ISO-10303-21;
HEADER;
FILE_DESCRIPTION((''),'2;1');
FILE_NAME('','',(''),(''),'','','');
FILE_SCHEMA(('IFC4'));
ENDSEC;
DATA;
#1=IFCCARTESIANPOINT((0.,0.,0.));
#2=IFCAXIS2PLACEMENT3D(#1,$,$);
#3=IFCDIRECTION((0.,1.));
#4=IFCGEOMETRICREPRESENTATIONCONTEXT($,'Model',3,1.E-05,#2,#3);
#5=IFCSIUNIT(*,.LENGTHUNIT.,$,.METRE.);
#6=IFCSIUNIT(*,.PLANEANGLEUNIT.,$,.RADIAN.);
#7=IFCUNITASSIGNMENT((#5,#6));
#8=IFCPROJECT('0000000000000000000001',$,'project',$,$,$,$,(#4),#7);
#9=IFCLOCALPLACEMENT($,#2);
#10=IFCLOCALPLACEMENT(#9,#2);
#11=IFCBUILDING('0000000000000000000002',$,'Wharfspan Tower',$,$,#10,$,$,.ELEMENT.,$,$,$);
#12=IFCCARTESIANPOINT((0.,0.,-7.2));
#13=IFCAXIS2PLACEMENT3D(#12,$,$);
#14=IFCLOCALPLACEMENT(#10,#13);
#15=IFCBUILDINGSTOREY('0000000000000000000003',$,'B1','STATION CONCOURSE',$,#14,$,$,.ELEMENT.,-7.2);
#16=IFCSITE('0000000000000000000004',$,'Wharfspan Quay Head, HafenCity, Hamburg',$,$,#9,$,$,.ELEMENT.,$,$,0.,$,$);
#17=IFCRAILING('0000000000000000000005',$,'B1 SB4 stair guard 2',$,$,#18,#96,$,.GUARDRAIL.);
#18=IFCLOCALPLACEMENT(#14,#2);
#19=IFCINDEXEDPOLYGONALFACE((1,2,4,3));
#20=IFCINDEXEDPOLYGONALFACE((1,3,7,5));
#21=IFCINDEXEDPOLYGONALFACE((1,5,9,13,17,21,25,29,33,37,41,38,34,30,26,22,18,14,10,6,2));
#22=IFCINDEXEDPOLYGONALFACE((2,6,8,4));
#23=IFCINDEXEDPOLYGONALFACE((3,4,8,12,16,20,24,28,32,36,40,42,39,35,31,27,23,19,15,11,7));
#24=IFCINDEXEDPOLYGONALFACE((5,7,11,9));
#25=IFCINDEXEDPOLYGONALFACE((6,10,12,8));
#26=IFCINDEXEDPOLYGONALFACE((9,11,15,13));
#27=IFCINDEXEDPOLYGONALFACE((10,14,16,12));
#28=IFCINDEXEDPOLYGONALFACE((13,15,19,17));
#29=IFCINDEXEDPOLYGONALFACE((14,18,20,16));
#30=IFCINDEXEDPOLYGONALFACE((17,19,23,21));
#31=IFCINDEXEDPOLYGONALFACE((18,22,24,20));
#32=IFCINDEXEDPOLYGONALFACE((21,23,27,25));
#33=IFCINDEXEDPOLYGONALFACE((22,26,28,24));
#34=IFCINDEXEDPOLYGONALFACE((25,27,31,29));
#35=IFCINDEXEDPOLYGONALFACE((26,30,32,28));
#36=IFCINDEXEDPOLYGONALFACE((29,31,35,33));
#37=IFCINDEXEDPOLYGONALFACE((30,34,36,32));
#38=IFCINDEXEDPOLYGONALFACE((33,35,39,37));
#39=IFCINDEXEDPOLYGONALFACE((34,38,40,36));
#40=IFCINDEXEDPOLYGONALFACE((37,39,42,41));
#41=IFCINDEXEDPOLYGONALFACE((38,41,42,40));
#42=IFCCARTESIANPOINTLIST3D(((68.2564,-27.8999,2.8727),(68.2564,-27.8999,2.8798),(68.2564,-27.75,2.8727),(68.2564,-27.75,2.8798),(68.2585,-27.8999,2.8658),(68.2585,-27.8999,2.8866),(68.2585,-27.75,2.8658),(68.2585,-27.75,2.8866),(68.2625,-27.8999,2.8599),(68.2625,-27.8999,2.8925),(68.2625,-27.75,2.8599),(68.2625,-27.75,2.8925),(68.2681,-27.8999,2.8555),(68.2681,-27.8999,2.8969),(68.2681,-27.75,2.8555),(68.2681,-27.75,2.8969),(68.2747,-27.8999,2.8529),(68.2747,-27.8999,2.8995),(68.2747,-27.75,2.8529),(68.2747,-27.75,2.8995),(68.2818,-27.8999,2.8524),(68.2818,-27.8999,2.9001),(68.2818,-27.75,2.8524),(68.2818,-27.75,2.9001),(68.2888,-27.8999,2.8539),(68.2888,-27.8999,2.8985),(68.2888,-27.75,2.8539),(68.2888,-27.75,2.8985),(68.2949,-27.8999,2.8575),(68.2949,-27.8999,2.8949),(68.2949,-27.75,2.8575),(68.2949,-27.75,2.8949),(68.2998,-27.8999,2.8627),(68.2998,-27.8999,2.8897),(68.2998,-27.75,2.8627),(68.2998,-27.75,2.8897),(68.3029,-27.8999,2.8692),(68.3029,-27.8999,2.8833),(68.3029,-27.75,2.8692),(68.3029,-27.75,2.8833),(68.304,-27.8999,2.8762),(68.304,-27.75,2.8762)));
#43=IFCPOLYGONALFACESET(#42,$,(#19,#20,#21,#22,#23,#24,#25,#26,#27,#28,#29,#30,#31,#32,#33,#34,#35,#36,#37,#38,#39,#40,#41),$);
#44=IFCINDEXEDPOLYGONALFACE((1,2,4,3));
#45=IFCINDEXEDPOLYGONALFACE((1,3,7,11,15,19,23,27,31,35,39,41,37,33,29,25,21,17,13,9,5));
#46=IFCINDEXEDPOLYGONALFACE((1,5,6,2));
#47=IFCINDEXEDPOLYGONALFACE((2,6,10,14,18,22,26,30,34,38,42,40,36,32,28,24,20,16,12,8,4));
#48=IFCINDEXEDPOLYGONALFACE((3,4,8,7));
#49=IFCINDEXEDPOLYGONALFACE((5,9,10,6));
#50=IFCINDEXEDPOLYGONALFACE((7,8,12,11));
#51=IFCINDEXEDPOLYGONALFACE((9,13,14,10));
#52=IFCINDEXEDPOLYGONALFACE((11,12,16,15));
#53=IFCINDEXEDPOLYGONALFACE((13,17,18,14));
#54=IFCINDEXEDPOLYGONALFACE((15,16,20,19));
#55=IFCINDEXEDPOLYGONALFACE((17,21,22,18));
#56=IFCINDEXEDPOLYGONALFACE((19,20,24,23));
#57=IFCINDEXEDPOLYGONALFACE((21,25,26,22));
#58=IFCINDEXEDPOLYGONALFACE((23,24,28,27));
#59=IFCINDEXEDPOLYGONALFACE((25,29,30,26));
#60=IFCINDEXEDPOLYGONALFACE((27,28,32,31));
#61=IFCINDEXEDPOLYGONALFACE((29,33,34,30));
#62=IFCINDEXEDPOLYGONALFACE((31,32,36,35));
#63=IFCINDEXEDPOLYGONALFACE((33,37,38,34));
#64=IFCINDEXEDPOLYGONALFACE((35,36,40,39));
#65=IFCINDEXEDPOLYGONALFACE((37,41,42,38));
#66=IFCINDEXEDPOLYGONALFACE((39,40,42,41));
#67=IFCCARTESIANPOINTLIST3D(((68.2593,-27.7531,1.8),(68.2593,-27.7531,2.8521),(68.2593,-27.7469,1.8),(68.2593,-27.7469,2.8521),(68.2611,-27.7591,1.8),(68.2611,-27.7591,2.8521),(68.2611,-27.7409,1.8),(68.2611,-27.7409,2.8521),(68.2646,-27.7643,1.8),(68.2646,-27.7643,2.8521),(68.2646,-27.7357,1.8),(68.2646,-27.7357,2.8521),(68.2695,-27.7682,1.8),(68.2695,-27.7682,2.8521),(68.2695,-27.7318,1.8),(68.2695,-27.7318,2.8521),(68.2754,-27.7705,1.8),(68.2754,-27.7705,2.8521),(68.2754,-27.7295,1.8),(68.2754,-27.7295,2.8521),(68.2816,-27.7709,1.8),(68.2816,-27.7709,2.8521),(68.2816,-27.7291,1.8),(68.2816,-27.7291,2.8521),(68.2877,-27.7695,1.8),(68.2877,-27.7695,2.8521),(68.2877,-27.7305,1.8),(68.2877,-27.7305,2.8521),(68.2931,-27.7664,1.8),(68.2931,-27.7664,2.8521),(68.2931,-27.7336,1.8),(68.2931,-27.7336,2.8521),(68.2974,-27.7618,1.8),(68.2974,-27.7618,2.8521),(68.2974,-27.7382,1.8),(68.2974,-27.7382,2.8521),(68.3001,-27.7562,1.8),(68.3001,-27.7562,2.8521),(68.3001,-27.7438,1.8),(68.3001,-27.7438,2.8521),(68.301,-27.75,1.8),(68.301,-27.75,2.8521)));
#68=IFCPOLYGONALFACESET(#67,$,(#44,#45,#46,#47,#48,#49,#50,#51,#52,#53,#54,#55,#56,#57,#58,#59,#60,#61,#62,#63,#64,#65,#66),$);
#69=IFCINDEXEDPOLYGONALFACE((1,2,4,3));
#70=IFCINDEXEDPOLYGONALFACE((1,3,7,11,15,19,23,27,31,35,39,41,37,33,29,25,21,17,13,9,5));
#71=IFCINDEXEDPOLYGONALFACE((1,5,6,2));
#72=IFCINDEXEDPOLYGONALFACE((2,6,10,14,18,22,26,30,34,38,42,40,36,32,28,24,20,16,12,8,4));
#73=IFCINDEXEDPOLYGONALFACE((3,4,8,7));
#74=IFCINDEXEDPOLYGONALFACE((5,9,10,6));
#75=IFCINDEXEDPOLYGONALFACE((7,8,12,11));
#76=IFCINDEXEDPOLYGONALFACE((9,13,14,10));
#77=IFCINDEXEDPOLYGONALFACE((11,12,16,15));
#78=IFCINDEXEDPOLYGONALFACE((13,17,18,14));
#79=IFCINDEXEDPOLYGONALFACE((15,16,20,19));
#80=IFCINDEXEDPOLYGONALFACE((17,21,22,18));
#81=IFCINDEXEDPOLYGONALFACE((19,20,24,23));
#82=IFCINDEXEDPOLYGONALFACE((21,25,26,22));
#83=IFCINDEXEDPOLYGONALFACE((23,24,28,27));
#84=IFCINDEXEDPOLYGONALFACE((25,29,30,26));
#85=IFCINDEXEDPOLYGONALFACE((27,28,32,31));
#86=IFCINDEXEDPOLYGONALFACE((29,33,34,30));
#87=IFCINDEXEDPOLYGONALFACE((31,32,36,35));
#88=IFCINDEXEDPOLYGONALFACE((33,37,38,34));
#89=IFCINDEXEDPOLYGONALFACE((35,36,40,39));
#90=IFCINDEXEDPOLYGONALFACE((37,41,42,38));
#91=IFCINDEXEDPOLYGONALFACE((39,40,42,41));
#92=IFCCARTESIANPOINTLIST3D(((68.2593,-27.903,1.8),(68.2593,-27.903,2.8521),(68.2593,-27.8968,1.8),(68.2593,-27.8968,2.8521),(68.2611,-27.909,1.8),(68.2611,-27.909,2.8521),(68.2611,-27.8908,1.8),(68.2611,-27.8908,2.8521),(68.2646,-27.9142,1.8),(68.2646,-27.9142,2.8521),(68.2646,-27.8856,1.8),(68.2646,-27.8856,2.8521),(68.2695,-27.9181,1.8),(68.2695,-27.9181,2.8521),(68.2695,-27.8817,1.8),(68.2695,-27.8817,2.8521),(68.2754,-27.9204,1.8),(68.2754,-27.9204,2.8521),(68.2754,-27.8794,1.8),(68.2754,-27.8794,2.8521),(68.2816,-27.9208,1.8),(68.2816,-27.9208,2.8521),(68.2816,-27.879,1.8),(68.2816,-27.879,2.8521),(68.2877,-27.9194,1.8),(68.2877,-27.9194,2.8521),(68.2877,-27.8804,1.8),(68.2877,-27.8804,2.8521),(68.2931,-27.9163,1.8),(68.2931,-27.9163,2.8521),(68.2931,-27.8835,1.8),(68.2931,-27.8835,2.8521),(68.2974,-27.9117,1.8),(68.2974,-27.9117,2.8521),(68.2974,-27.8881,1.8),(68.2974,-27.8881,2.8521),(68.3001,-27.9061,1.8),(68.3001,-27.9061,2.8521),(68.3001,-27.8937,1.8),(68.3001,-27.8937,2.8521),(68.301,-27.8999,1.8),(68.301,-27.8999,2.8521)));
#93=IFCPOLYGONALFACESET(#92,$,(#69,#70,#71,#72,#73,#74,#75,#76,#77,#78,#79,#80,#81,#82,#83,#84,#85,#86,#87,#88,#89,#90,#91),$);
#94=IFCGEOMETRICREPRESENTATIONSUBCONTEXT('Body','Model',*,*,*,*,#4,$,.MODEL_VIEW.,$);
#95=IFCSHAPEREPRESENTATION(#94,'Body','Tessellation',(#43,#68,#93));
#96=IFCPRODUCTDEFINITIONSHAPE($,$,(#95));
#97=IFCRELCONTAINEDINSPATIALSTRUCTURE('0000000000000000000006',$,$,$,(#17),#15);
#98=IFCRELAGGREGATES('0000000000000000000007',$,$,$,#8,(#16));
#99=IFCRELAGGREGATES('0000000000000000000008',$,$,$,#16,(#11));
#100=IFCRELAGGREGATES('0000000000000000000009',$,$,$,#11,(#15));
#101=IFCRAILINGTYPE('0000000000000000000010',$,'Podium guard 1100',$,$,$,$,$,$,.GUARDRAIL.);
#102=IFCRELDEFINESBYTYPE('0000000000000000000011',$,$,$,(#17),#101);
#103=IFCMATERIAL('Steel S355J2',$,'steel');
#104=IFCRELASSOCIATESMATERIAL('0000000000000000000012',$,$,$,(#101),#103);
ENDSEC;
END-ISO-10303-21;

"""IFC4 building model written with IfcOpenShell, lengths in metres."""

from ifc_helpers import new_model, si_unit, direction, frame, origin, origin_2d, place, context, subcontext, project, spatial, circle, extrude, material, type_object, element, save


model = new_model("IFC4")

# Units and contexts
model_context = context("Model", 3, precision=1e-05, world=origin(), true_north=direction((0.0, 1.0)))
body_context = subcontext(model_context, "Body", "Model", "MODEL_VIEW")
ifc_project = project(units=[si_unit("LENGTHUNIT", "METRE"), si_unit("PLANEANGLEUNIT", "RADIAN")], contexts=[model_context])

# Site, building, storey
site_placement = place(None, origin())
site = spatial("IfcSite", under=ifc_project, at=site_placement, Name="Wharfspan Quay Head, HafenCity, Hamburg", CompositionType="ELEMENT", RefElevation=0.0)
building_placement = place(site_placement, origin())
building = spatial("IfcBuilding", under=site, at=building_placement, Name="Wharfspan Tower", CompositionType="ELEMENT")
storey_placement = place(building_placement, frame((0.0, 0.0, -7.2)))
storey = spatial("IfcBuildingStorey", under=building, at=storey_placement, Name="B1", Description="STATION CONCOURSE", CompositionType="ELEMENT", Elevation=-7.2)

# Railing
ifc_material_1 = material(Name="Steel S355J2", Category="steel")
railing_type_1 = type_object("IfcRailingType", Name="Podium guard 1100", PredefinedType="GUARDRAIL", material=ifc_material_1)
railing_1_placement = place(storey_placement, frame((68.28, -27.75, 1.8)))
element("IfcRailing", 1, at=railing_1_placement, inside=storey, type_object=railing_type_1, Name="B1 SB4 stair guard 2", PredefinedType="GUARDRAIL", context=body_context, shape_type="SweptSolid", body=[
    extrude(circle(Radius=0.0239, at=origin_2d()), frame((0.0, 0.0, 1.0762), z_axis=(0.0, -1.0, 0.0), x_axis=(1.0, 0.0, 0.0)), (0.0, 0.0, 1.0), 0.1499),
    extrude(circle(Radius=0.021, at=origin_2d()), origin(), (0.0, 0.0, 1.0), 1.052),
    extrude(circle(Radius=0.021, at=origin_2d()), frame((0.0, -0.1499, 0.0)), (0.0, 0.0, 1.0), 1.052),
])

save(model, "model.ifc")
